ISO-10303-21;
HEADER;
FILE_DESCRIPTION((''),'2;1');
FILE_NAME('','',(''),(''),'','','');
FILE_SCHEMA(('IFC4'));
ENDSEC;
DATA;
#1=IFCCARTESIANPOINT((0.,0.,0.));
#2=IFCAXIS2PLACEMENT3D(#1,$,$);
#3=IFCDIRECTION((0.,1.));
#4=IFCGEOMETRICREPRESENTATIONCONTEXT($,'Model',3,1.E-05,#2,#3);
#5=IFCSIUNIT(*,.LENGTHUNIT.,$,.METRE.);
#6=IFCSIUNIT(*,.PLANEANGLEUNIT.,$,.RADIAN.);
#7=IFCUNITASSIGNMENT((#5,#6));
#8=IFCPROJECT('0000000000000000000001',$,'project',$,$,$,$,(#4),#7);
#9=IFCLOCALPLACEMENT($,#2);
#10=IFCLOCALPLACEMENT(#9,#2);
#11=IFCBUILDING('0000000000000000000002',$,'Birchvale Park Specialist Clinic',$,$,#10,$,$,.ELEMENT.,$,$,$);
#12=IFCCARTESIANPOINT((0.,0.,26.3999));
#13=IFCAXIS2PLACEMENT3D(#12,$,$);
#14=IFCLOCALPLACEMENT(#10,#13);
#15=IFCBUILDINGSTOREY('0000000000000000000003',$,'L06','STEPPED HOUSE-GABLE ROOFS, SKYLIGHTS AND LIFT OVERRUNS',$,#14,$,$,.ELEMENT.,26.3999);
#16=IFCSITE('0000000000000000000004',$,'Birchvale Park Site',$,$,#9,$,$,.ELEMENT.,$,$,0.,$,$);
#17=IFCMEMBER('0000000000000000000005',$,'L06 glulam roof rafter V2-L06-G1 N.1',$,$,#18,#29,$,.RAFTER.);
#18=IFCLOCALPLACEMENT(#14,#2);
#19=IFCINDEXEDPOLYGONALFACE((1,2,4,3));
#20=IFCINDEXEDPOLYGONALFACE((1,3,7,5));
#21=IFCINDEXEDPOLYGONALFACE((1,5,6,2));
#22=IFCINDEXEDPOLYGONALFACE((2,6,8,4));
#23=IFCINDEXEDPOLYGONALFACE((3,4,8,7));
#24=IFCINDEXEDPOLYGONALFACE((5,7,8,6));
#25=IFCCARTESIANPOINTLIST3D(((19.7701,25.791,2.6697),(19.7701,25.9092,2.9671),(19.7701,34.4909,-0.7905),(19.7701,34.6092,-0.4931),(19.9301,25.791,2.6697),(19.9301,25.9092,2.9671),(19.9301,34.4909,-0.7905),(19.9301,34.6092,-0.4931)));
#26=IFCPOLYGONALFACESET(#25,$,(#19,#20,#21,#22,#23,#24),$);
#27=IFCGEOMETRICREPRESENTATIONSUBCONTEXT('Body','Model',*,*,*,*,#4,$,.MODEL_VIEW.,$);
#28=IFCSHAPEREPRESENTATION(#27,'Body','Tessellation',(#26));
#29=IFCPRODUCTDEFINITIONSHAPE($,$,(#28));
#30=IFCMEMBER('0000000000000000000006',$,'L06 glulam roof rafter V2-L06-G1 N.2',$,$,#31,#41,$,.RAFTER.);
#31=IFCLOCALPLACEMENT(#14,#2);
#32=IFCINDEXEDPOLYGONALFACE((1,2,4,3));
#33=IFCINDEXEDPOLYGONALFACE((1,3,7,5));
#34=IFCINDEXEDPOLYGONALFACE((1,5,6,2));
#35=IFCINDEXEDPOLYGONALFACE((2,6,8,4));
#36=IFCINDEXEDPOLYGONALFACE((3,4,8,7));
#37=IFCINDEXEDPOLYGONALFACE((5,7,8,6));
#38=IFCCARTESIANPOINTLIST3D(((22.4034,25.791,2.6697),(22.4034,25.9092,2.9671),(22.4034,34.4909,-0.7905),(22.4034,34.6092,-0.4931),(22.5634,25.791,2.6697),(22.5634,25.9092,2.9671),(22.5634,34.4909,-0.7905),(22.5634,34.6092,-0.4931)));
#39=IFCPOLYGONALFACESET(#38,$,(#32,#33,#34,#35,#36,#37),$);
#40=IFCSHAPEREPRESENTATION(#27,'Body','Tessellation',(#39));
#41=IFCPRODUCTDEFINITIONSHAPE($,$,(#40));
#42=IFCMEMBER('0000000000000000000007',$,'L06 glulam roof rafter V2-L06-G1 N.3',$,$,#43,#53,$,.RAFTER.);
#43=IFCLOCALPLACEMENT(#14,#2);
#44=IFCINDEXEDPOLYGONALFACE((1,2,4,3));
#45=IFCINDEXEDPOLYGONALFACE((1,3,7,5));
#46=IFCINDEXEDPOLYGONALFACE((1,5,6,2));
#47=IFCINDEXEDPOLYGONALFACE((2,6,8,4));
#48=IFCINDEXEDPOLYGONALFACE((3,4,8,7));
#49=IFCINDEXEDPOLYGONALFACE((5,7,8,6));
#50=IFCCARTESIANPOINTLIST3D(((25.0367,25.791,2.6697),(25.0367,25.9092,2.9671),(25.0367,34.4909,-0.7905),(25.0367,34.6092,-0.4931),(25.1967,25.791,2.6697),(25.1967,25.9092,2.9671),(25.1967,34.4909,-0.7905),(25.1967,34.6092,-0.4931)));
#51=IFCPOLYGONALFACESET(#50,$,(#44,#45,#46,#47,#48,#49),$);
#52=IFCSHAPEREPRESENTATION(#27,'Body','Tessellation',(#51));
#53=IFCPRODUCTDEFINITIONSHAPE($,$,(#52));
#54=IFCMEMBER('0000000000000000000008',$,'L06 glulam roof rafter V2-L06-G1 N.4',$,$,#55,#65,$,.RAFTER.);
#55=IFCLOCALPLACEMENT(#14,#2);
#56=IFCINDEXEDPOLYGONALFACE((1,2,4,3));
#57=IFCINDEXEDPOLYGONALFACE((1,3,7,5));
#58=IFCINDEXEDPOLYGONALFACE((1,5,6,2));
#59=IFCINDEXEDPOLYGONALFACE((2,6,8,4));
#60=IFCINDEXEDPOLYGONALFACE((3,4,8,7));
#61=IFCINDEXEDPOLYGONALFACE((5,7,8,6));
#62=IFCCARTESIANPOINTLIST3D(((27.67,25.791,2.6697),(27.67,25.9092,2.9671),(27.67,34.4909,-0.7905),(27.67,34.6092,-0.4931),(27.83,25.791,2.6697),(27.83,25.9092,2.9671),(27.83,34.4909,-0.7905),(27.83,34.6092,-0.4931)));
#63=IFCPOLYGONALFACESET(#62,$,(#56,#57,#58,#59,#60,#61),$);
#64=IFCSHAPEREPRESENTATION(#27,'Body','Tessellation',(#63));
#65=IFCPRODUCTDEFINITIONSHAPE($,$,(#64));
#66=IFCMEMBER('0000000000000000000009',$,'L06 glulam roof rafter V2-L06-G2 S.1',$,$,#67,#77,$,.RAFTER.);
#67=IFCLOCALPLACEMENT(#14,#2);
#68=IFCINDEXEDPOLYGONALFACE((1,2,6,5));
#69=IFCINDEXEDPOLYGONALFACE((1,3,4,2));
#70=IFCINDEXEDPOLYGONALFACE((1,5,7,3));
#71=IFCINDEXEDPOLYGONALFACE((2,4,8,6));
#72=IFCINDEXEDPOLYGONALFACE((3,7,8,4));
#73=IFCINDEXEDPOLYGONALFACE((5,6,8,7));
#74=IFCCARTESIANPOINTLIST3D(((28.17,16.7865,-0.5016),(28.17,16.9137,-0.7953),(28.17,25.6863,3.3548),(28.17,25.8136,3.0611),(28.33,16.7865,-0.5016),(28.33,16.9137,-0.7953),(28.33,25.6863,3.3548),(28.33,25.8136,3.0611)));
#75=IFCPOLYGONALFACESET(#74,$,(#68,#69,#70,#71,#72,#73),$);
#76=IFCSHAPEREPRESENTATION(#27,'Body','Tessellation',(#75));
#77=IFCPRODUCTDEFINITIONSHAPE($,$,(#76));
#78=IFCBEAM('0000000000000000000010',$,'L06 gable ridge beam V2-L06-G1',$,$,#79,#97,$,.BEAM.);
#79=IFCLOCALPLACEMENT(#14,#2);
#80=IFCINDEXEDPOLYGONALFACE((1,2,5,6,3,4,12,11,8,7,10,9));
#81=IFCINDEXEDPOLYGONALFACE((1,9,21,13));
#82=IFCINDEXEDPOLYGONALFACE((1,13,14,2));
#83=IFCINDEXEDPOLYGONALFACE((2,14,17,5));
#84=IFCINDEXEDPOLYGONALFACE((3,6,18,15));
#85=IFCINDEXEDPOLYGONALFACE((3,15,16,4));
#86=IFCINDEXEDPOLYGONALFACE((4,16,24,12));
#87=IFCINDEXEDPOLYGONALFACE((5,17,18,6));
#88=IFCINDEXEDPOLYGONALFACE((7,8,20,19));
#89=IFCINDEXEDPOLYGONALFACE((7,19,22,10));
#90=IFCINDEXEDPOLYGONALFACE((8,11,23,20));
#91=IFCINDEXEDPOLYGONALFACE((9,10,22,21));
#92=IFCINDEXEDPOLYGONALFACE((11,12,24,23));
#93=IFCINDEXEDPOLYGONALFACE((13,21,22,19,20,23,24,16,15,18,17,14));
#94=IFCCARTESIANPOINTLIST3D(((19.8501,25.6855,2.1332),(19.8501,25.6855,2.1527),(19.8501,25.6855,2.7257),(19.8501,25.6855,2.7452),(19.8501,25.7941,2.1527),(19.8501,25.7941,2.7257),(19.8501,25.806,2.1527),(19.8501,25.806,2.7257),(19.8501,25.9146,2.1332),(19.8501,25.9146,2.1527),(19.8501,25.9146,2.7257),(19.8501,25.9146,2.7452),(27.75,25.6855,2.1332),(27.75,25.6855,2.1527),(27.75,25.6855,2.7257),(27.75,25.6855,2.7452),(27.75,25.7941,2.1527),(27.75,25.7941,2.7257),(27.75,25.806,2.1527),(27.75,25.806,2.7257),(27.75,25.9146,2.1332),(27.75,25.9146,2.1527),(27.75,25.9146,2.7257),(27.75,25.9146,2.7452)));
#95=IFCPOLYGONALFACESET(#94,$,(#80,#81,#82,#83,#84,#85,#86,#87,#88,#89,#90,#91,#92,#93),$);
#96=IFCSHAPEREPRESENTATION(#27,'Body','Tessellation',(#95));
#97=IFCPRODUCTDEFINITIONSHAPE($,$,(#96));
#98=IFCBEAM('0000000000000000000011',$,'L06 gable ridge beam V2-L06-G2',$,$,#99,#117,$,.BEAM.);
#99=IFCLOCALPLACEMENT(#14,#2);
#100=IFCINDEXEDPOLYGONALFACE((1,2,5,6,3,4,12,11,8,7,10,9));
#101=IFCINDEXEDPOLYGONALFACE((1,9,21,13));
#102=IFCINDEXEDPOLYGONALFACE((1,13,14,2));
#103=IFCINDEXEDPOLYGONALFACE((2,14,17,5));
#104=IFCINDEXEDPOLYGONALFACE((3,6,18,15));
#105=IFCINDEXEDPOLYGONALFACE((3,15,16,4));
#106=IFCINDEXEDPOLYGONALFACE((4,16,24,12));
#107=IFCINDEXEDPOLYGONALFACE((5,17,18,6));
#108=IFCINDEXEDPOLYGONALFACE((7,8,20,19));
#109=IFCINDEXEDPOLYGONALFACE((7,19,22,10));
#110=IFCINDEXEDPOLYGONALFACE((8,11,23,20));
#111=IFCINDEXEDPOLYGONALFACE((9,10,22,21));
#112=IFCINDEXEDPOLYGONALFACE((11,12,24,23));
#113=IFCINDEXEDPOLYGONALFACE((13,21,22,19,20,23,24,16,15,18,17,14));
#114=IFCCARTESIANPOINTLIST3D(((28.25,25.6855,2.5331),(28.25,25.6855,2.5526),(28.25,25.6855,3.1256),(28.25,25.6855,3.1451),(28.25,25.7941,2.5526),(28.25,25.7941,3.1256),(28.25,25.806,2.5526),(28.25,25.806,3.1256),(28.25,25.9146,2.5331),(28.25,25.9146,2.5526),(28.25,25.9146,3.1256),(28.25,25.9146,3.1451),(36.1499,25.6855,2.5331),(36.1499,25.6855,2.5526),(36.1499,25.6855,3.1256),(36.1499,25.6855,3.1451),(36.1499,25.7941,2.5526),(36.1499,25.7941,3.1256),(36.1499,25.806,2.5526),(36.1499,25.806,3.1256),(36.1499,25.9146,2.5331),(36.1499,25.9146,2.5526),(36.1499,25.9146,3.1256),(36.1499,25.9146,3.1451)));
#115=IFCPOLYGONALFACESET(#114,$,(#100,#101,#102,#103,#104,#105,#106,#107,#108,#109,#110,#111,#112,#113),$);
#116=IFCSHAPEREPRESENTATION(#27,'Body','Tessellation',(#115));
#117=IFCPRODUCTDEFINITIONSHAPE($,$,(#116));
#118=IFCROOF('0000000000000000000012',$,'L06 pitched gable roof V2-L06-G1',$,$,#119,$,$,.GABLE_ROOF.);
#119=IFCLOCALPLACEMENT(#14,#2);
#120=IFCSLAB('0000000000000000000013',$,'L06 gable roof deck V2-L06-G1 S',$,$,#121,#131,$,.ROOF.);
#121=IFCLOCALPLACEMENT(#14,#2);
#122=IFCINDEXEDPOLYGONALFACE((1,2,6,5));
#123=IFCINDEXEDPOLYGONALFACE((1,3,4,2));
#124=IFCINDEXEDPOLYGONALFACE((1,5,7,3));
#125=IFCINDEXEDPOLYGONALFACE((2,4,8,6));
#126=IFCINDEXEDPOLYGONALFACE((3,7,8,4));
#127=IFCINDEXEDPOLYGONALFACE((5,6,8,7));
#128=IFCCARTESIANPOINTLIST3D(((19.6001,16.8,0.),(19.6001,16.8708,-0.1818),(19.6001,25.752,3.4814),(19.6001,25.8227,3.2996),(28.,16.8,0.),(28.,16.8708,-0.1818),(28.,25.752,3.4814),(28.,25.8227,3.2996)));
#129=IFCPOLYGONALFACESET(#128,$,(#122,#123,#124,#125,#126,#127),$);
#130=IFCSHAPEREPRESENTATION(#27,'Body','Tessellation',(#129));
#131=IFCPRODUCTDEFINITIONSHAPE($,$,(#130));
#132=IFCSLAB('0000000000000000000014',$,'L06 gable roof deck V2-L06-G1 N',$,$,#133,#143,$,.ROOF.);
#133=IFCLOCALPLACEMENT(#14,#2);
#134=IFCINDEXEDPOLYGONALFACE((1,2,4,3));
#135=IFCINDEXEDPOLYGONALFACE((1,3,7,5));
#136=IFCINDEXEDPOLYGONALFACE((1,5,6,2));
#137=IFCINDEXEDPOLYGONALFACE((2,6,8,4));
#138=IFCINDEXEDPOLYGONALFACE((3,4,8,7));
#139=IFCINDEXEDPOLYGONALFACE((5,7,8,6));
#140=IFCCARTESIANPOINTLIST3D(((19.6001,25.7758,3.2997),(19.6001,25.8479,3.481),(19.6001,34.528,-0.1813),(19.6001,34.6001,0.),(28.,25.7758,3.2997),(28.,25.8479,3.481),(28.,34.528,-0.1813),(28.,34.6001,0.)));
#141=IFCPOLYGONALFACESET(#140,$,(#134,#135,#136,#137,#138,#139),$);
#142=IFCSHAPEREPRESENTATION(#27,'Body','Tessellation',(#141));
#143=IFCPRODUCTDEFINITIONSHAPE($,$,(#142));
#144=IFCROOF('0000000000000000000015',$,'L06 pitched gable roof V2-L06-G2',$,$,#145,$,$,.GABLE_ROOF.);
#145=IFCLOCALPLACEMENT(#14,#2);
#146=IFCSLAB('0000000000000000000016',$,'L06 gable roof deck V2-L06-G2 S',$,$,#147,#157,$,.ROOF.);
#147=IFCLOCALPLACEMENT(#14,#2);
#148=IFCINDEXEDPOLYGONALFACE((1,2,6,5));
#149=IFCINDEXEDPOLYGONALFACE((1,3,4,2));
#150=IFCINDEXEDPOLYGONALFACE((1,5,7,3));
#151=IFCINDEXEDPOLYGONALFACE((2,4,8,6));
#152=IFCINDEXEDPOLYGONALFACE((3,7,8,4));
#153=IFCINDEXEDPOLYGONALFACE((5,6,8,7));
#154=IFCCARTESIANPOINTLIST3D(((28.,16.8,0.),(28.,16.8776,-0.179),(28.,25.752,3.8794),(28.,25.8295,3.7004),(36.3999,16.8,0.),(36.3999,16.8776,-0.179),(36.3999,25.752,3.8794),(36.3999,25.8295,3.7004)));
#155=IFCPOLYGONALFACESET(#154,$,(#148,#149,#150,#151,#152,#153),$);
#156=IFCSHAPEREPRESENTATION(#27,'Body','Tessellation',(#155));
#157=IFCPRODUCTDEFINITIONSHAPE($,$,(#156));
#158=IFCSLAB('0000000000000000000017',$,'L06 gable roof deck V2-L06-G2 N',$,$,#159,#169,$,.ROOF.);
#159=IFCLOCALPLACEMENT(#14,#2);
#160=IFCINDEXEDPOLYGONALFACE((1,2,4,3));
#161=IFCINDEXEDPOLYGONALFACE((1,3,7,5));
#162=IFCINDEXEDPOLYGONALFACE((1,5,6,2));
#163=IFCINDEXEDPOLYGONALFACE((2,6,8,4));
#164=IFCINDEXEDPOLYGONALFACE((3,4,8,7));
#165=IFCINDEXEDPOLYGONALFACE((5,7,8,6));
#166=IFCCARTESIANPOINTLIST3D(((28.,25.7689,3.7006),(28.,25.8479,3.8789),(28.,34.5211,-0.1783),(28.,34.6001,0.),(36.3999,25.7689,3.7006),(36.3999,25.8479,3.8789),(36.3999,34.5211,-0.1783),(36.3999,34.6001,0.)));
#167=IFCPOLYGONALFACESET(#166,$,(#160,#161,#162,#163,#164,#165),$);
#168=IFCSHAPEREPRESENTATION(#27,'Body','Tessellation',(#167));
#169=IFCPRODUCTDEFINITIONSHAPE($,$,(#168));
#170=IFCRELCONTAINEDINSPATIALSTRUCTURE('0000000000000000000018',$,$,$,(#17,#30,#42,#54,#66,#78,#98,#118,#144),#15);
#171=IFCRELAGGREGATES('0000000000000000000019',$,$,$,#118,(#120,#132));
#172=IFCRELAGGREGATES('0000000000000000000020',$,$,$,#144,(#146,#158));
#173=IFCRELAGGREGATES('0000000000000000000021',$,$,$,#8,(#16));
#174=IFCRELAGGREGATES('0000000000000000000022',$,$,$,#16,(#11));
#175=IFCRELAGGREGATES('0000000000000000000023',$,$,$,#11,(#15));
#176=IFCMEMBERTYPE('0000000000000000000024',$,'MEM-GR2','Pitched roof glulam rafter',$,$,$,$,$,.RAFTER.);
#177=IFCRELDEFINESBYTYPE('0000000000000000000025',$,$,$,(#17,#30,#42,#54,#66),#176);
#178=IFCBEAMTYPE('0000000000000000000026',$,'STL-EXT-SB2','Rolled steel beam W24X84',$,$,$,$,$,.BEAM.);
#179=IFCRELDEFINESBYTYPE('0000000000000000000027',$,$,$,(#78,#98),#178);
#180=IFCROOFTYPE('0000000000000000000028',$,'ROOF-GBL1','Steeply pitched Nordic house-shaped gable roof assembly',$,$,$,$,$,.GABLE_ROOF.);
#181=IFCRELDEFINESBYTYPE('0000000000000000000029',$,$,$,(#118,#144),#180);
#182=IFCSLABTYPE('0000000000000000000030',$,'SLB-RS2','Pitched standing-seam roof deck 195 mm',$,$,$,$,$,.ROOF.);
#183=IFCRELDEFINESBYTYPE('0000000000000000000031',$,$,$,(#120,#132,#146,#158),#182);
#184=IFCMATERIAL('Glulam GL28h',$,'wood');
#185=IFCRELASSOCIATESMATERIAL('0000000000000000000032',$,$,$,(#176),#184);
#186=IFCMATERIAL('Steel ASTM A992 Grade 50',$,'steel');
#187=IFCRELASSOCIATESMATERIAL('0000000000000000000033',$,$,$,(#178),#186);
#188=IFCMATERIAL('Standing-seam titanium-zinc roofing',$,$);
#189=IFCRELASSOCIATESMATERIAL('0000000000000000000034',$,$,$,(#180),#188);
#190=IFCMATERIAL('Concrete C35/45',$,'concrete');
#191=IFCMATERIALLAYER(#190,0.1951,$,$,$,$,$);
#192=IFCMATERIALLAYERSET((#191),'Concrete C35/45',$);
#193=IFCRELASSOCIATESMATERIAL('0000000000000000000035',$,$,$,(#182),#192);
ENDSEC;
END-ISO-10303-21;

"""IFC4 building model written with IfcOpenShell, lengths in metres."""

from ifc_helpers import new_model, si_unit, direction, frame, origin, origin_2d, place, context, subcontext, project, spatial, polyline, rectangle, i_section, outline, extrude, material, layer, layer_set, material_profile, profile_set, type_object, element, aggregate, save


model = new_model("IFC4")

# Units and contexts
model_context = context("Model", 3, precision=1e-05, world=origin(), true_north=direction((0.0, 1.0)))
body_context = subcontext(model_context, "Body", "Model", "MODEL_VIEW")
ifc_project = project(units=[si_unit("LENGTHUNIT", "METRE"), si_unit("PLANEANGLEUNIT", "RADIAN")], contexts=[model_context])

# Site, building, storey
site_placement = place(None, origin())
site = spatial("IfcSite", under=ifc_project, at=site_placement, Name="Birchvale Park Site", CompositionType="ELEMENT", RefElevation=0.0)
building_placement = place(site_placement, origin())
building = spatial("IfcBuilding", under=site, at=building_placement, Name="Birchvale Park Specialist Clinic", CompositionType="ELEMENT")
storey_placement = place(building_placement, frame((0.0, 0.0, 26.3999)))
storey = spatial("IfcBuildingStorey", under=building, at=storey_placement, Name="L06", Description="STEPPED HOUSE-GABLE ROOFS, SKYLIGHTS AND LIFT OVERRUNS", CompositionType="ELEMENT", Elevation=26.3999)

# Members
ifc_material_1 = material(Name="Glulam GL28h", Category="wood")
ifc_material_profile_1 = material_profile(ifc_material_1, rectangle(XDim=0.1599, YDim=0.3201, at=origin_2d()), Name="GL-160x320")
ifc_profile_set_1 = profile_set([ifc_material_profile_1], Name="Glulam GL28h")
member_type_1 = type_object("IfcMemberType", Name="MEM-GR2", Description="Pitched roof glulam rafter", PredefinedType="RAFTER", material=ifc_profile_set_1)
for number, where, z_axis, x_axis, name in (
    (1, (19.8501, 25.8501, 2.8184), (0.0, 0.929203, -0.369569), (-1.0, 0.0, 0.0), "L06 glulam roof rafter V2-L06-G1 N.1"),
    (2, (22.4834, 25.8501, 2.8184), (0.0, 0.929203, -0.369569), (-1.0, 0.0, 0.0), "L06 glulam roof rafter V2-L06-G1 N.2"),
    (3, (25.1167, 25.8501, 2.8184), (0.0, 0.929203, -0.369569), (-1.0, 0.0, 0.0), "L06 glulam roof rafter V2-L06-G1 N.3"),
    (4, (27.75, 25.8501, 2.8184), (0.0, 0.929203, -0.369569), (-1.0, 0.0, 0.0), "L06 glulam roof rafter V2-L06-G1 N.4"),
):
    element("IfcMember", number, at=place(storey_placement, frame(where, z_axis=z_axis, x_axis=x_axis)), inside=storey, type_object=member_type_1, Name=name, PredefinedType="RAFTER", context=body_context, shape_type="SweptSolid", body=[
        extrude(rectangle(XDim=0.1599, YDim=0.3201, at=origin_2d()), origin(), (0.0, 0.0, 1.0), 9.3628),
    ])
member_placement = place(storey_placement, frame((28.25, 16.8501, -0.6484), z_axis=(0.0, 0.917562, 0.397592), x_axis=(-1.0, 0.0, 0.0)))
element("IfcMember", 5, at=member_placement, inside=storey, type_object=member_type_1, Name="L06 glulam roof rafter V2-L06-G2 S.1", PredefinedType="RAFTER", context=body_context, shape_type="SweptSolid", body=[
    extrude(rectangle(XDim=0.1599, YDim=0.3201, at=origin_2d()), origin(), (0.0, 0.0, 1.0), 9.6995),
])

# Beams
ifc_material_2 = material(Name="Steel ASTM A992 Grade 50", Category="steel")
ifc_material_profile_2 = material_profile(ifc_material_2, i_section(OverallWidth=0.229, OverallDepth=0.6121, WebThickness=0.012, FlangeThickness=0.0195, at=origin_2d()), Name="W24X84")
ifc_profile_set_2 = profile_set([ifc_material_profile_2], Name="Steel ASTM A992 Grade 50")
beam_type_1 = type_object("IfcBeamType", Name="STL-EXT-SB2", Description="Rolled steel beam W24X84", PredefinedType="BEAM", material=ifc_profile_set_2)
for number, where, z_axis, x_axis, name in (
    (6, (19.8501, 25.8, 2.4392), (1.0, 0.0, 0.0), (0.0, 1.0, 0.0), "L06 gable ridge beam V2-L06-G1"),
    (7, (28.25, 25.8, 2.8391), (1.0, 0.0, 0.0), (0.0, 1.0, 0.0), "L06 gable ridge beam V2-L06-G2"),
):
    element("IfcBeam", number, at=place(storey_placement, frame(where, z_axis=z_axis, x_axis=x_axis)), inside=storey, type_object=beam_type_1, Name=name, PredefinedType="BEAM", context=body_context, shape_type="SweptSolid", body=[
        extrude(i_section(OverallWidth=0.229, OverallDepth=0.6121, WebThickness=0.012, FlangeThickness=0.0195, at=origin_2d()), origin(), (0.0, 0.0, 1.0), 7.8999),
    ])

# Roofs, slabs
ifc_material_3 = material(Name="Standing-seam titanium-zinc roofing")
roof_type = type_object("IfcRoofType", Name="ROOF-GBL1", Description="Steeply pitched Nordic house-shaped gable roof assembly", PredefinedType="GABLE_ROOF", material=ifc_material_3)
roof_1_placement = place(storey_placement, origin())
roof_1 = element("IfcRoof", 8, at=roof_1_placement, inside=storey, type_object=roof_type, Name="L06 pitched gable roof V2-L06-G1", PredefinedType="GABLE_ROOF")
ifc_material_4 = material(Name="Concrete C35/45", Category="concrete")
ifc_layer_1 = layer(ifc_material_4, 0.1951)
ifc_layer_set_1 = layer_set([ifc_layer_1], Name="Concrete C35/45")
slab_type_1 = type_object("IfcSlabType", Name="SLB-RS2", Description="Pitched standing-seam roof deck 195 mm", PredefinedType="ROOF", material=ifc_layer_set_1)
slab_1_placement = place(storey_placement, frame((19.6001, 16.8, 0.0), z_axis=(0.0, -0.36246, 0.931999), x_axis=(1.0, 0.0, 0.0)))
slab_1 = element("IfcSlab", 9, at=slab_1_placement, type_object=slab_type_1, Name="L06 gable roof deck V2-L06-G1 S", PredefinedType="ROOF", context=body_context, shape_type="SweptSolid", body=[
    extrude(outline(polyline([(0.0, 0.0), (8.3999, 0.0), (8.3999, 9.6051), (0.0, 9.6051), (0.0, 0.0)])), origin(), (0.0, 0.0, -1.0), 0.1951),
])
slab_2_placement = place(storey_placement, frame((19.6001, 25.8479, 3.481), z_axis=(0.0, 0.369567, 0.929204), x_axis=(1.0, 0.0, 0.0)))
slab_2 = element("IfcSlab", 10, at=slab_2_placement, type_object=slab_type_1, Name="L06 gable roof deck V2-L06-G1 N", PredefinedType="ROOF", context=body_context, shape_type="SweptSolid", body=[
    extrude(outline(polyline([(0.0, 0.0), (8.3999, 0.0), (8.3999, 9.419), (0.0, 9.419), (0.0, 0.0)])), origin(), (0.0, 0.0, -1.0), 0.1951),
])
aggregate(roof_1, [slab_1, slab_2])
roof_2_placement = place(storey_placement, origin())
roof_2 = element("IfcRoof", 11, at=roof_2_placement, inside=storey, type_object=roof_type, Name="L06 pitched gable roof V2-L06-G2", PredefinedType="GABLE_ROOF")
slab_3_placement = place(storey_placement, frame((28.0, 16.8, 0.0), z_axis=(0.0, -0.397628, 0.917547), x_axis=(1.0, 0.0, 0.0)))
slab_3 = element("IfcSlab", 12, at=slab_3_placement, type_object=slab_type_1, Name="L06 gable roof deck V2-L06-G2 S", PredefinedType="ROOF", context=body_context, shape_type="SweptSolid", body=[
    extrude(outline(polyline([(0.0, 0.0), (8.3999, 0.0), (8.3999, 9.7563), (0.0, 9.7563), (0.0, 0.0)])), origin(), (0.0, 0.0, -1.0), 0.1951),
])
slab_4_placement = place(storey_placement, frame((28.0, 25.8479, 3.8789), z_axis=(0.0, 0.405182, 0.914236), x_axis=(1.0, 0.0, 0.0)))
slab_4 = element("IfcSlab", 13, at=slab_4_placement, type_object=slab_type_1, Name="L06 gable roof deck V2-L06-G2 N", PredefinedType="ROOF", context=body_context, shape_type="SweptSolid", body=[
    extrude(outline(polyline([(0.0, 0.0), (8.3999, 0.0), (8.3999, 9.5732), (0.0, 9.5732), (0.0, 0.0)])), origin(), (0.0, 0.0, -1.0), 0.1951),
])
aggregate(roof_2, [slab_3, slab_4])

save(model, "model.ifc")
